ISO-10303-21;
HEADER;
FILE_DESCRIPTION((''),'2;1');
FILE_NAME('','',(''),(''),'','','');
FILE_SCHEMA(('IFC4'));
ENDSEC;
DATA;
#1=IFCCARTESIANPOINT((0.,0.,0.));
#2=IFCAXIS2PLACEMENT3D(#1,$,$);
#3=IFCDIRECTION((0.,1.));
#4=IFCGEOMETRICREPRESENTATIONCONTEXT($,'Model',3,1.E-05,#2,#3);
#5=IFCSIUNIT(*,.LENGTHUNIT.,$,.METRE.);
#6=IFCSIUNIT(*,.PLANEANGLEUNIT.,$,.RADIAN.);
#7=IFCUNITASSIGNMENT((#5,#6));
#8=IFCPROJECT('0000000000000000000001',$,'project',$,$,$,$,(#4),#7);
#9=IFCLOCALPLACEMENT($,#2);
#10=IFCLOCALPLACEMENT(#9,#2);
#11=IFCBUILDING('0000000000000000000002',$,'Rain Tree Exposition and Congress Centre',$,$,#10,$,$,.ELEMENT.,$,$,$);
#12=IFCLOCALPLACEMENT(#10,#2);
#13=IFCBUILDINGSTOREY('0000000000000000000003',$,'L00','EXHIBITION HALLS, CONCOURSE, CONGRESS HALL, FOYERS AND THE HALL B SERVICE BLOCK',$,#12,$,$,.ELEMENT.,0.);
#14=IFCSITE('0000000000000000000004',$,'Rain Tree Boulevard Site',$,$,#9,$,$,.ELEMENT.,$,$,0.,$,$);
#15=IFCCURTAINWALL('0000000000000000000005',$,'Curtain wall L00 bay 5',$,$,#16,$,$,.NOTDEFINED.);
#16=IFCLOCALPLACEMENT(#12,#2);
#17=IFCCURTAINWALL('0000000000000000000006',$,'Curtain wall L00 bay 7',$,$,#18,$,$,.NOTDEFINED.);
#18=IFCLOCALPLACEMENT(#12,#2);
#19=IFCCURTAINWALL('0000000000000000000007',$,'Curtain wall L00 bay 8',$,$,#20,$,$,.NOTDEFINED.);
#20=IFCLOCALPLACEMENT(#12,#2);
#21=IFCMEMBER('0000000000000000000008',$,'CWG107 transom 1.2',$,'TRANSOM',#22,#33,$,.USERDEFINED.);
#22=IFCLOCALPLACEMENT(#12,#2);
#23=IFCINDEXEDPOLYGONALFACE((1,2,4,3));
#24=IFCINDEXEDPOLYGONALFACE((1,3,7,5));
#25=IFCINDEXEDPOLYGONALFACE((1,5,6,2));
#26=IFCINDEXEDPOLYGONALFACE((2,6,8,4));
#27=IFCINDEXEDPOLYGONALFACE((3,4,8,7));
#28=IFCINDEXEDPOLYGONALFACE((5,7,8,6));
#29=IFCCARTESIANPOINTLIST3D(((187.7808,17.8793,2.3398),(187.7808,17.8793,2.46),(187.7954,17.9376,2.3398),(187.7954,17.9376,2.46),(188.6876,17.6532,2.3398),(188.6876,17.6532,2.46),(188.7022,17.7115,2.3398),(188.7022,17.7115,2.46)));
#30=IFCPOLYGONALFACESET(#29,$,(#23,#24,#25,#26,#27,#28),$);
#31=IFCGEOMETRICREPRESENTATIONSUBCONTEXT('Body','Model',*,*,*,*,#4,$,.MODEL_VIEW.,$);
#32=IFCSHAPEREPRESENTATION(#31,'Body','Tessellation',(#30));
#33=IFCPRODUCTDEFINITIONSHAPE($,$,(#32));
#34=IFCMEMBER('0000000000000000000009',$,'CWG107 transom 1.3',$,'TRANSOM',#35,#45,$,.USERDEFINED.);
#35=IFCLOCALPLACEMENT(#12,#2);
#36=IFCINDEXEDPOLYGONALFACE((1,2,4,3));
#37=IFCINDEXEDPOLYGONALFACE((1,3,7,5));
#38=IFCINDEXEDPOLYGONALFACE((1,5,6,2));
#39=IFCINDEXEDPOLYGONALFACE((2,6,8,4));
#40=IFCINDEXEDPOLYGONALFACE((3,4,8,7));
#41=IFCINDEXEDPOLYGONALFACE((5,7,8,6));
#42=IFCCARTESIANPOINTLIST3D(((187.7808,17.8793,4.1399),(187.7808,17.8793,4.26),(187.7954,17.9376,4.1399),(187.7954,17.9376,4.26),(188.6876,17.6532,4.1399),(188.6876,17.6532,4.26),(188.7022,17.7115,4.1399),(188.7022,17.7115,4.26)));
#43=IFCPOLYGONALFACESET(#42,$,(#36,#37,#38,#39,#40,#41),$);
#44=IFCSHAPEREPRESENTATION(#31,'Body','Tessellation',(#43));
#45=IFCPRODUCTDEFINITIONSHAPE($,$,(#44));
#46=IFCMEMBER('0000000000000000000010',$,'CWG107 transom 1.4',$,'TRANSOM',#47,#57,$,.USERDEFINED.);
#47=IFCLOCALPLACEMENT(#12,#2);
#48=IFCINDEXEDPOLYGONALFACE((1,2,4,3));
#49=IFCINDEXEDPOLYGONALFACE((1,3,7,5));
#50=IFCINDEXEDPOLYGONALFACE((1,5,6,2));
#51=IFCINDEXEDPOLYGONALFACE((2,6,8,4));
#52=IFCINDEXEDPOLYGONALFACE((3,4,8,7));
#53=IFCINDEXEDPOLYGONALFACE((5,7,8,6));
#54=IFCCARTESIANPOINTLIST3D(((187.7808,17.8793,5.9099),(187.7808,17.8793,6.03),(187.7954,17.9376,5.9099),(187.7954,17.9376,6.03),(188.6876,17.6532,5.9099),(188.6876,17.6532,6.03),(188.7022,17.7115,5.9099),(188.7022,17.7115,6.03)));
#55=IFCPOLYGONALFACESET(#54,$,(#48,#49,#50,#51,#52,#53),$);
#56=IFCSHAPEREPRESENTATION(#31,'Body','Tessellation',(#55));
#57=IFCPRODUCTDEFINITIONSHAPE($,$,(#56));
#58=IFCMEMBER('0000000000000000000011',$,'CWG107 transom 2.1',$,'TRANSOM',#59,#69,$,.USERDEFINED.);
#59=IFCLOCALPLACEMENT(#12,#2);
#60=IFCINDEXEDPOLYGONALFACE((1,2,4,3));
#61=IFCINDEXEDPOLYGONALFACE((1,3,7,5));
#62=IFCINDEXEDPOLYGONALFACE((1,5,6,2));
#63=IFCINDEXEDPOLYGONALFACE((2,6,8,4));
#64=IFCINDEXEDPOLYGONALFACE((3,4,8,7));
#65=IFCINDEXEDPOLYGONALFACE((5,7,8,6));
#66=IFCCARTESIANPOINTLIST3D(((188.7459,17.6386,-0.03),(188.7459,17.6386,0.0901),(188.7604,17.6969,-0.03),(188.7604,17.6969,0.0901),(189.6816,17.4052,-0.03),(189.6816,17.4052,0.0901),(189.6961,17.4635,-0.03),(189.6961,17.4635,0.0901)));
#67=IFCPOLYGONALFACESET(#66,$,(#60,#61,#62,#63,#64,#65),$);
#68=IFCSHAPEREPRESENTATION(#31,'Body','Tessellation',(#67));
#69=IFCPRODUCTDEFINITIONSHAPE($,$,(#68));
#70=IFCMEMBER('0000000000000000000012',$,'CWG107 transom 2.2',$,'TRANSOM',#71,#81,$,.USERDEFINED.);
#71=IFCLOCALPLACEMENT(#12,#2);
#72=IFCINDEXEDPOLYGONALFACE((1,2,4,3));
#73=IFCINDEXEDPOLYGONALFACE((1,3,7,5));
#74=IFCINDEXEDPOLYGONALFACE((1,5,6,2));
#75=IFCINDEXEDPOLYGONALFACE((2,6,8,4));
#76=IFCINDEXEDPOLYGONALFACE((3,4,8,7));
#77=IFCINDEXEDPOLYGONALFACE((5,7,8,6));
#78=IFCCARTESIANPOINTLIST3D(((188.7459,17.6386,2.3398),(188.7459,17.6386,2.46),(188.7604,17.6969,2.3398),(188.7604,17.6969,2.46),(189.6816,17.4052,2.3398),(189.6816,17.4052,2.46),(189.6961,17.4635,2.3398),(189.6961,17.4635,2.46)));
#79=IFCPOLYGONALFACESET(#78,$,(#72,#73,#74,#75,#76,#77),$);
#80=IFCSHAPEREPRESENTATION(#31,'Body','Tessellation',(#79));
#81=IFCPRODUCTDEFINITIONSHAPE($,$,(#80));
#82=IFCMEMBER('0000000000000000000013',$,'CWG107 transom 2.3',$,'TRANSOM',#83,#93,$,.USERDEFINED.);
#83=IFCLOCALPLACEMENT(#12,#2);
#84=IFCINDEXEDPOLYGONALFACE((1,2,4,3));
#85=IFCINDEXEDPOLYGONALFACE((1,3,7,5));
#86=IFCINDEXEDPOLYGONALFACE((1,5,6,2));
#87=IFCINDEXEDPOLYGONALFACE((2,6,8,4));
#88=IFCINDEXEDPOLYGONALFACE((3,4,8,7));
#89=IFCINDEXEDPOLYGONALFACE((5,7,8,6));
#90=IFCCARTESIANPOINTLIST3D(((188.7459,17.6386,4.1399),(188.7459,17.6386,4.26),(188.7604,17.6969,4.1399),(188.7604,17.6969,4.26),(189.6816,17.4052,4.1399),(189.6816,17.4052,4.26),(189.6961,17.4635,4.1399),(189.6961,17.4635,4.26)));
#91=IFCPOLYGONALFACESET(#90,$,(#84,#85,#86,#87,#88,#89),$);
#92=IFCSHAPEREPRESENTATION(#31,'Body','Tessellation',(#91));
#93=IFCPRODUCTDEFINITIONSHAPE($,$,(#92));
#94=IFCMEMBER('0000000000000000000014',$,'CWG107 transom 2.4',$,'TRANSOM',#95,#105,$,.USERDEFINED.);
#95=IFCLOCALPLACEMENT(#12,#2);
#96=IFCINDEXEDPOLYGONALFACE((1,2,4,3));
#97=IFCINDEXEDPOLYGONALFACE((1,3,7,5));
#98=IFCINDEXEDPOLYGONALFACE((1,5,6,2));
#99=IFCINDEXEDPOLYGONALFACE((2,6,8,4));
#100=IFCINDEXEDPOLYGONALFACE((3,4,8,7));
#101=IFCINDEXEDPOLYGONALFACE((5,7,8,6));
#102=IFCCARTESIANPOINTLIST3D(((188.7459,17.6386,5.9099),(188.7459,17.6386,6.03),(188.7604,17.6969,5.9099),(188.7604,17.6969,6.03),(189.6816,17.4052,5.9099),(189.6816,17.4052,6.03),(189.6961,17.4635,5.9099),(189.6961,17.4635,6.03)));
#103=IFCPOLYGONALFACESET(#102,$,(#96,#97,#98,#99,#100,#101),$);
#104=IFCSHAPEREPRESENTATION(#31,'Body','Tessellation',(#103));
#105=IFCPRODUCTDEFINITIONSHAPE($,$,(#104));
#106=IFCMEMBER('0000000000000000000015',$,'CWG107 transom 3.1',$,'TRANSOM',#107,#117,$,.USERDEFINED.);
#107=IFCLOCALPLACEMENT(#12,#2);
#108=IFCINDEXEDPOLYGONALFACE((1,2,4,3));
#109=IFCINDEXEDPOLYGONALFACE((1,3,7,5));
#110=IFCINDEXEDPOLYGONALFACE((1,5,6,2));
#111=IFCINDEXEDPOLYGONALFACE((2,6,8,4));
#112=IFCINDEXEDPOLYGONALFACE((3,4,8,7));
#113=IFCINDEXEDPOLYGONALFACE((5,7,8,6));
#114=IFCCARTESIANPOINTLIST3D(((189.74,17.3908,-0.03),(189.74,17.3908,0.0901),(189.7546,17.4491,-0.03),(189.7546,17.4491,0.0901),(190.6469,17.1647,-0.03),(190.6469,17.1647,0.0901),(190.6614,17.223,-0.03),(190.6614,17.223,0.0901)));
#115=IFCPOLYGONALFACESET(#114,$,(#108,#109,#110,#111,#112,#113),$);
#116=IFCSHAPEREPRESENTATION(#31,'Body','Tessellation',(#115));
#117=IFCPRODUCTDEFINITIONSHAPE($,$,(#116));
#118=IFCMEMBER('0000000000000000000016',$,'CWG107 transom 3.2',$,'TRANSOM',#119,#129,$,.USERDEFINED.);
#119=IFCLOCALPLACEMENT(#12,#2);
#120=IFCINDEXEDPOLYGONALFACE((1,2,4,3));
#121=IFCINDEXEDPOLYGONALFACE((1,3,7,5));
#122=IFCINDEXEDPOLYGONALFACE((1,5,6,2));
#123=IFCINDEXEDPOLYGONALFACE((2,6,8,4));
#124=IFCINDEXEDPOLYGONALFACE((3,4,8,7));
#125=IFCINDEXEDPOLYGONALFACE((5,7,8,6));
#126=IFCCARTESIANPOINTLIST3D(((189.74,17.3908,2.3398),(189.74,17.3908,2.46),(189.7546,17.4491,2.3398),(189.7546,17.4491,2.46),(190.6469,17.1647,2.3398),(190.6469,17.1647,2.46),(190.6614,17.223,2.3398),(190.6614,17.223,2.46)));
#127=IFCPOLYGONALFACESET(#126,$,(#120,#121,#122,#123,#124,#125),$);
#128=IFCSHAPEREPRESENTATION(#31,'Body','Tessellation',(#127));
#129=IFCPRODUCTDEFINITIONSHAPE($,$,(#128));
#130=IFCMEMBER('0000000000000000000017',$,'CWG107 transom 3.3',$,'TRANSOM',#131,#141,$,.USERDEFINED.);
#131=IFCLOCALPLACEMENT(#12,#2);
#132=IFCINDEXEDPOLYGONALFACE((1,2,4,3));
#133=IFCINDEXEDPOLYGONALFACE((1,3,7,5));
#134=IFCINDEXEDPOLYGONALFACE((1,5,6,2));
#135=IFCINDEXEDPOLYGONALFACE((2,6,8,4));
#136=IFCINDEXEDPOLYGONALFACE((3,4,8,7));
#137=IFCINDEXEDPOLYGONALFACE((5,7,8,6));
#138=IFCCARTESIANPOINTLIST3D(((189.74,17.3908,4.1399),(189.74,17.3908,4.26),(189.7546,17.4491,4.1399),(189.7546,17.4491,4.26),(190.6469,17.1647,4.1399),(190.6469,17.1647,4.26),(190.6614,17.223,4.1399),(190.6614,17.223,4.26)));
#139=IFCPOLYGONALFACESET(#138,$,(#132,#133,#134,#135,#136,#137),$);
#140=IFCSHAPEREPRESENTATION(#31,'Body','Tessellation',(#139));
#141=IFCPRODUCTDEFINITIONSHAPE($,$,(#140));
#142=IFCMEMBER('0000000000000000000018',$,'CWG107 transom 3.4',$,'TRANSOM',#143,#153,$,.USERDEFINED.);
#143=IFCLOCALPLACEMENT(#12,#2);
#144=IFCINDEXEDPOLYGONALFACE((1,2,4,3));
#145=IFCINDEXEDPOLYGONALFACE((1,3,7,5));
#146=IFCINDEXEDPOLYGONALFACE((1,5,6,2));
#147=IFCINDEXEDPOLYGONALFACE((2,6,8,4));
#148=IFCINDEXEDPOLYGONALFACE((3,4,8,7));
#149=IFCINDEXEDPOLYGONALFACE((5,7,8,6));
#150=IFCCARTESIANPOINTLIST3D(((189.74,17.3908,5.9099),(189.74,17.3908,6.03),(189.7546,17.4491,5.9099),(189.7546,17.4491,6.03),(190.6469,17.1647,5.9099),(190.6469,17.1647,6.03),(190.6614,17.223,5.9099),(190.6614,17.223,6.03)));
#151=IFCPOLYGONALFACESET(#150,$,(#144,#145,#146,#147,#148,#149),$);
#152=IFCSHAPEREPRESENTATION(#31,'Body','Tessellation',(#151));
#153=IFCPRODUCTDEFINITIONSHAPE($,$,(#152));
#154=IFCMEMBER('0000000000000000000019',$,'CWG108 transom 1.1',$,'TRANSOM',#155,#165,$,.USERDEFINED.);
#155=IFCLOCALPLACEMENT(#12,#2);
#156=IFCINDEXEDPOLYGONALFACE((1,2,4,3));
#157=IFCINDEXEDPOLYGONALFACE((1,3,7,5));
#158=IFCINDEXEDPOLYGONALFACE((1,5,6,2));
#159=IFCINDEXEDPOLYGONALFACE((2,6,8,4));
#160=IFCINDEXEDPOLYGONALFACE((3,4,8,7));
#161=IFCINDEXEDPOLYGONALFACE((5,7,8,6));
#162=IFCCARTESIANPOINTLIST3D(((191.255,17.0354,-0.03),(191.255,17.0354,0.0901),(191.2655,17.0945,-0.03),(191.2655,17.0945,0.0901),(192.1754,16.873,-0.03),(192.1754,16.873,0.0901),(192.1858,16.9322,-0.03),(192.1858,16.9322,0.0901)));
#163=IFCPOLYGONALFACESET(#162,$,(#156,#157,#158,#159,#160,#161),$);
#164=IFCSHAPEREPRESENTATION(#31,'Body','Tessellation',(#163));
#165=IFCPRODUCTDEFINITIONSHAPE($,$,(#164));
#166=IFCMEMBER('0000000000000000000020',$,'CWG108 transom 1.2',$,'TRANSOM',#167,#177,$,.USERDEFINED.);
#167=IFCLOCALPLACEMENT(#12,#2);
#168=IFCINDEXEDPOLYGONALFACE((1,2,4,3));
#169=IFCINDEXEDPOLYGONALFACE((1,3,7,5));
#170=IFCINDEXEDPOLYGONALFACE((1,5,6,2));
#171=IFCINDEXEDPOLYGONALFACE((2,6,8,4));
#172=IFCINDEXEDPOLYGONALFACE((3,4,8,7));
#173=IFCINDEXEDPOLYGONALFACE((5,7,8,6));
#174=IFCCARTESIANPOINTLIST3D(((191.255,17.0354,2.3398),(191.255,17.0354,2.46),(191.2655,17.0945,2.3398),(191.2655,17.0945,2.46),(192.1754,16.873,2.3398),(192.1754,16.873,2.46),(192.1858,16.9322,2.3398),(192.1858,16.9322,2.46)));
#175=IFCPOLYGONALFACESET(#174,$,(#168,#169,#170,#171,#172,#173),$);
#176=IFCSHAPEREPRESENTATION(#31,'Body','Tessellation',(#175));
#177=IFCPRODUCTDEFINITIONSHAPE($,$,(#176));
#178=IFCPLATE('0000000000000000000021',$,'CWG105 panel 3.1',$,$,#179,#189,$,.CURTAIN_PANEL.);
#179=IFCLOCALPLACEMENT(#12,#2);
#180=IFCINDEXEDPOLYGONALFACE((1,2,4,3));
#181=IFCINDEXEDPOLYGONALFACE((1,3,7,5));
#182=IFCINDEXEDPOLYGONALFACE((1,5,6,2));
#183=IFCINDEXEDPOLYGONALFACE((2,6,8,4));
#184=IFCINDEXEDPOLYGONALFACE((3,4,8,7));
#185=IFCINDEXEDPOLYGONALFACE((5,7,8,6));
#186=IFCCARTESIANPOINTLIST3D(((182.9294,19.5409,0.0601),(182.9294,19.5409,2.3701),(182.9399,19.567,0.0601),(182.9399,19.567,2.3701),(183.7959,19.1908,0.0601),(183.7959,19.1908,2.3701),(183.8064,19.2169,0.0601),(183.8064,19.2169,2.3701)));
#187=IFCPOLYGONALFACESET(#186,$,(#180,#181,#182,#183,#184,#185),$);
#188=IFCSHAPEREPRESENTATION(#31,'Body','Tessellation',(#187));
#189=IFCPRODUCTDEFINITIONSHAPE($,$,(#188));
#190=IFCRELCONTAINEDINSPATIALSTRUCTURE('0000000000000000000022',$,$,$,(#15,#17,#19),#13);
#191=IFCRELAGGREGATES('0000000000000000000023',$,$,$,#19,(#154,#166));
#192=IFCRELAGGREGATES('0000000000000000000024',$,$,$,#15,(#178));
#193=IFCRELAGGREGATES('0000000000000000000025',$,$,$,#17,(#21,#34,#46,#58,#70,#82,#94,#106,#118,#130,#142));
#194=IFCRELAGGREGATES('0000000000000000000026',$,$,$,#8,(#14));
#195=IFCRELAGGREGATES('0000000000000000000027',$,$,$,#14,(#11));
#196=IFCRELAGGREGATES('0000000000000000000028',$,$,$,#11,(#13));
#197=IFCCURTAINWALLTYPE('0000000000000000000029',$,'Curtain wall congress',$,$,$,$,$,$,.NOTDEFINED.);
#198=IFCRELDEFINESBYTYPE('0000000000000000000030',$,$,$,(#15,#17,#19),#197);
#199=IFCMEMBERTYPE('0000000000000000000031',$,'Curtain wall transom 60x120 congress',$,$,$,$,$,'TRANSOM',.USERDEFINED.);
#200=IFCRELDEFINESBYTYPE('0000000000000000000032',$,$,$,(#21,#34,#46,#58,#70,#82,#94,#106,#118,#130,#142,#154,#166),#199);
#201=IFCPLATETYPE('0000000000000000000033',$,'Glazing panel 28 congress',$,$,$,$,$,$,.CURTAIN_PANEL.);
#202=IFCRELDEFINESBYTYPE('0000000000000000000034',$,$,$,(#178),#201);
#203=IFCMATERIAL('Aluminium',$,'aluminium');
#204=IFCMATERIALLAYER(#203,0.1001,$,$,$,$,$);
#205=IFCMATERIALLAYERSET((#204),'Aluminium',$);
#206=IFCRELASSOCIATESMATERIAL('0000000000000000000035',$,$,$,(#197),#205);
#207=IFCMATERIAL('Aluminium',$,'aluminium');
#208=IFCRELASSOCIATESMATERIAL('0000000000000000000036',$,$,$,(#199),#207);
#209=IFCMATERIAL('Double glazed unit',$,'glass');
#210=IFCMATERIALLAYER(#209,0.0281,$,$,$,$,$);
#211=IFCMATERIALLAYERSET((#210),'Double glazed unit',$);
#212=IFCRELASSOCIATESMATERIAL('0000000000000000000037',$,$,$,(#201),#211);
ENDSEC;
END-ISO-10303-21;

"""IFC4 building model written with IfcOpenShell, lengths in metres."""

from ifc_helpers import new_model, si_unit, direction, frame, origin, origin_2d, place, context, subcontext, project, spatial, rectangle, extrude, material, layer, layer_set, material_profile, profile_set, type_object, element, aggregate, save


model = new_model("IFC4")

# Units and contexts
model_context = context("Model", 3, precision=1e-05, world=origin(), true_north=direction((0.0, 1.0)))
body_context = subcontext(model_context, "Body", "Model", "MODEL_VIEW")
ifc_project = project(units=[si_unit("LENGTHUNIT", "METRE"), si_unit("PLANEANGLEUNIT", "RADIAN")], contexts=[model_context])

# Site, building, storey
site_placement = place(None, origin())
site = spatial("IfcSite", under=ifc_project, at=site_placement, Name="Rain Tree Boulevard Site", CompositionType="ELEMENT", RefElevation=0.0)
building_placement = place(site_placement, origin())
building = spatial("IfcBuilding", under=site, at=building_placement, Name="Rain Tree Exposition and Congress Centre", CompositionType="ELEMENT")
storey_placement = place(building_placement, origin())
storey = spatial("IfcBuildingStorey", under=building, at=storey_placement, Name="L00", Description="EXHIBITION HALLS, CONCOURSE, CONGRESS HALL, FOYERS AND THE HALL B SERVICE BLOCK", CompositionType="ELEMENT", Elevation=0.0)

# Curtain wall
ifc_material_1 = material(Name="Aluminium", Category="aluminium")
ifc_layer_1 = layer(ifc_material_1, 0.1001)
ifc_layer_set_1 = layer_set([ifc_layer_1], Name="Aluminium")
curtain_wall_type = type_object("IfcCurtainWallType", Name="Curtain wall congress", PredefinedType="NOTDEFINED", material=ifc_layer_set_1)
curtain_wall_1_placement = place(storey_placement, origin())
curtain_wall_1 = element("IfcCurtainWall", 1, at=curtain_wall_1_placement, inside=storey, type_object=curtain_wall_type, Name="Curtain wall L00 bay 5", PredefinedType="NOTDEFINED")

# Curtain wall
curtain_wall_2_placement = place(storey_placement, origin())
curtain_wall_2 = element("IfcCurtainWall", 2, at=curtain_wall_2_placement, inside=storey, type_object=curtain_wall_type, Name="Curtain wall L00 bay 7", PredefinedType="NOTDEFINED")

# Curtain wall
curtain_wall_3_placement = place(storey_placement, origin())
curtain_wall_3 = element("IfcCurtainWall", 3, at=curtain_wall_3_placement, inside=storey, type_object=curtain_wall_type, Name="Curtain wall L00 bay 8", PredefinedType="NOTDEFINED")

# Members
ifc_material_2 = material(Name="Aluminium", Category="aluminium")
ifc_material_profile_1 = material_profile(ifc_material_2, rectangle(XDim=0.0601, YDim=0.1201, at=origin_2d()), Name="AL 60x120")
ifc_profile_set_1 = profile_set([ifc_material_profile_1], Name="Aluminium")
member_type_1 = type_object("IfcMemberType", Name="Curtain wall transom 60x120 congress", ElementType="TRANSOM", PredefinedType="USERDEFINED", material=ifc_profile_set_1)
member_1_placement = place(storey_placement, frame((187.7881, 17.9084, 2.3999), z_axis=(0.970296, -0.241921, 0.0), x_axis=(0.241921, 0.970296, 0.0)))
member_1 = element("IfcMember", 4, at=member_1_placement, type_object=member_type_1, Name="CWG107 transom 1.2", ObjectType="TRANSOM", PredefinedType="USERDEFINED", context=body_context, shape_type="SweptSolid", body=[
    extrude(rectangle(XDim=0.0601, YDim=0.1201, at=origin_2d()), origin(), (0.0, 0.0, 1.0), 0.9346),
])
member_2_placement = place(storey_placement, frame((187.7881, 17.9084, 4.2), z_axis=(0.970296, -0.241921, 0.0), x_axis=(0.241921, 0.970296, 0.0)))
member_2 = element("IfcMember", 5, at=member_2_placement, type_object=member_type_1, Name="CWG107 transom 1.3", ObjectType="TRANSOM", PredefinedType="USERDEFINED", context=body_context, shape_type="SweptSolid", body=[
    extrude(rectangle(XDim=0.0601, YDim=0.1201, at=origin_2d()), origin(), (0.0, 0.0, 1.0), 0.9346),
])
member_3_placement = place(storey_placement, frame((187.7881, 17.9084, 5.97), z_axis=(0.970296, -0.241921, 0.0), x_axis=(0.241921, 0.970296, 0.0)))
member_3 = element("IfcMember", 6, at=member_3_placement, type_object=member_type_1, Name="CWG107 transom 1.4", ObjectType="TRANSOM", PredefinedType="USERDEFINED", context=body_context, shape_type="SweptSolid", body=[
    extrude(rectangle(XDim=0.0601, YDim=0.1201, at=origin_2d()), origin(), (0.0, 0.0, 1.0), 0.9346),
])
member_4_placement = place(storey_placement, frame((188.7532, 17.6677, 0.03), z_axis=(0.970276, -0.242, 0.0), x_axis=(0.242, 0.970276, 0.0)))
member_4 = element("IfcMember", 7, at=member_4_placement, type_object=member_type_1, Name="CWG107 transom 2.1", ObjectType="TRANSOM", PredefinedType="USERDEFINED", context=body_context, shape_type="SweptSolid", body=[
    extrude(rectangle(XDim=0.0601, YDim=0.1201, at=origin_2d()), origin(), (0.0, 0.0, 1.0), 0.9644),
])
member_5_placement = place(storey_placement, frame((188.7532, 17.6677, 2.3999), z_axis=(0.970276, -0.242, 0.0), x_axis=(0.242, 0.970276, 0.0)))
member_5 = element("IfcMember", 8, at=member_5_placement, type_object=member_type_1, Name="CWG107 transom 2.2", ObjectType="TRANSOM", PredefinedType="USERDEFINED", context=body_context, shape_type="SweptSolid", body=[
    extrude(rectangle(XDim=0.0601, YDim=0.1201, at=origin_2d()), origin(), (0.0, 0.0, 1.0), 0.9644),
])
member_6_placement = place(storey_placement, frame((188.7532, 17.6677, 4.2), z_axis=(0.970276, -0.242, 0.0), x_axis=(0.242, 0.970276, 0.0)))
member_6 = element("IfcMember", 9, at=member_6_placement, type_object=member_type_1, Name="CWG107 transom 2.3", ObjectType="TRANSOM", PredefinedType="USERDEFINED", context=body_context, shape_type="SweptSolid", body=[
    extrude(rectangle(XDim=0.0601, YDim=0.1201, at=origin_2d()), origin(), (0.0, 0.0, 1.0), 0.9644),
])
member_7_placement = place(storey_placement, frame((188.7532, 17.6677, 5.97), z_axis=(0.970276, -0.242, 0.0), x_axis=(0.242, 0.970276, 0.0)))
member_7 = element("IfcMember", 10, at=member_7_placement, type_object=member_type_1, Name="CWG107 transom 2.4", ObjectType="TRANSOM", PredefinedType="USERDEFINED", context=body_context, shape_type="SweptSolid", body=[
    extrude(rectangle(XDim=0.0601, YDim=0.1201, at=origin_2d()), origin(), (0.0, 0.0, 1.0), 0.9644),
])
member_8_placement = place(storey_placement, frame((189.7473, 17.4199, 0.03), z_axis=(0.970296, -0.241921, 0.0), x_axis=(0.241921, 0.970296, 0.0)))
member_8 = element("IfcMember", 11, at=member_8_placement, type_object=member_type_1, Name="CWG107 transom 3.1", ObjectType="TRANSOM", PredefinedType="USERDEFINED", context=body_context, shape_type="SweptSolid", body=[
    extrude(rectangle(XDim=0.0601, YDim=0.1201, at=origin_2d()), origin(), (0.0, 0.0, 1.0), 0.9346),
])
member_9_placement = place(storey_placement, frame((189.7473, 17.4199, 2.3999), z_axis=(0.970296, -0.241921, 0.0), x_axis=(0.241921, 0.970296, 0.0)))
member_9 = element("IfcMember", 12, at=member_9_placement, type_object=member_type_1, Name="CWG107 transom 3.2", ObjectType="TRANSOM", PredefinedType="USERDEFINED", context=body_context, shape_type="SweptSolid", body=[
    extrude(rectangle(XDim=0.0601, YDim=0.1201, at=origin_2d()), origin(), (0.0, 0.0, 1.0), 0.9346),
])
member_10_placement = place(storey_placement, frame((189.7473, 17.4199, 4.2), z_axis=(0.970296, -0.241921, 0.0), x_axis=(0.241921, 0.970296, 0.0)))
member_10 = element("IfcMember", 13, at=member_10_placement, type_object=member_type_1, Name="CWG107 transom 3.3", ObjectType="TRANSOM", PredefinedType="USERDEFINED", context=body_context, shape_type="SweptSolid", body=[
    extrude(rectangle(XDim=0.0601, YDim=0.1201, at=origin_2d()), origin(), (0.0, 0.0, 1.0), 0.9346),
])
member_11_placement = place(storey_placement, frame((189.7473, 17.4199, 5.97), z_axis=(0.970296, -0.241921, 0.0), x_axis=(0.241921, 0.970296, 0.0)))
member_11 = element("IfcMember", 14, at=member_11_placement, type_object=member_type_1, Name="CWG107 transom 3.4", ObjectType="TRANSOM", PredefinedType="USERDEFINED", context=body_context, shape_type="SweptSolid", body=[
    extrude(rectangle(XDim=0.0601, YDim=0.1201, at=origin_2d()), origin(), (0.0, 0.0, 1.0), 0.9346),
])
member_12_placement = place(storey_placement, frame((191.2603, 17.0649, 0.03), z_axis=(0.984797, -0.173711, 0.0), x_axis=(0.173711, 0.984797, 0.0)))
member_12 = element("IfcMember", 15, at=member_12_placement, type_object=member_type_1, Name="CWG108 transom 1.1", ObjectType="TRANSOM", PredefinedType="USERDEFINED", context=body_context, shape_type="SweptSolid", body=[
    extrude(rectangle(XDim=0.0601, YDim=0.1201, at=origin_2d()), origin(), (0.0, 0.0, 1.0), 0.9346),
])
member_13_placement = place(storey_placement, frame((191.2603, 17.0649, 2.3999), z_axis=(0.984797, -0.173711, 0.0), x_axis=(0.173711, 0.984797, 0.0)))
member_13 = element("IfcMember", 16, at=member_13_placement, type_object=member_type_1, Name="CWG108 transom 1.2", ObjectType="TRANSOM", PredefinedType="USERDEFINED", context=body_context, shape_type="SweptSolid", body=[
    extrude(rectangle(XDim=0.0601, YDim=0.1201, at=origin_2d()), origin(), (0.0, 0.0, 1.0), 0.9346),
])
aggregate(curtain_wall_3, [member_12, member_13])

# Plate
ifc_material_3 = material(Name="Double glazed unit", Category="glass")
ifc_layer_2 = layer(ifc_material_3, 0.0281)
ifc_layer_set_2 = layer_set([ifc_layer_2], Name="Double glazed unit")
plate_type = type_object("IfcPlateType", Name="Glazing panel 28 congress", PredefinedType="CURTAIN_PANEL", material=ifc_layer_set_2)
plate_1_placement = place(storey_placement, frame((183.3679, 19.3789, 0.0601), z_axis=(0.0, 0.0, 1.0), x_axis=(0.927188, -0.374597, 0.0)))
plate_1 = element("IfcPlate", 17, at=plate_1_placement, type_object=plate_type, Name="CWG105 panel 3.1", PredefinedType="CURTAIN_PANEL", context=body_context, shape_type="SweptSolid", body=[
    extrude(rectangle(XDim=0.9346, YDim=0.0281, at=origin_2d()), origin(), (0.0, 0.0, 1.0), 2.3101),
])
aggregate(curtain_wall_1, [plate_1])
aggregate(curtain_wall_2, [member_1, member_2, member_3, member_4, member_5, member_6, member_7, member_8, member_9, member_10, member_11])

save(model, "model.ifc")
